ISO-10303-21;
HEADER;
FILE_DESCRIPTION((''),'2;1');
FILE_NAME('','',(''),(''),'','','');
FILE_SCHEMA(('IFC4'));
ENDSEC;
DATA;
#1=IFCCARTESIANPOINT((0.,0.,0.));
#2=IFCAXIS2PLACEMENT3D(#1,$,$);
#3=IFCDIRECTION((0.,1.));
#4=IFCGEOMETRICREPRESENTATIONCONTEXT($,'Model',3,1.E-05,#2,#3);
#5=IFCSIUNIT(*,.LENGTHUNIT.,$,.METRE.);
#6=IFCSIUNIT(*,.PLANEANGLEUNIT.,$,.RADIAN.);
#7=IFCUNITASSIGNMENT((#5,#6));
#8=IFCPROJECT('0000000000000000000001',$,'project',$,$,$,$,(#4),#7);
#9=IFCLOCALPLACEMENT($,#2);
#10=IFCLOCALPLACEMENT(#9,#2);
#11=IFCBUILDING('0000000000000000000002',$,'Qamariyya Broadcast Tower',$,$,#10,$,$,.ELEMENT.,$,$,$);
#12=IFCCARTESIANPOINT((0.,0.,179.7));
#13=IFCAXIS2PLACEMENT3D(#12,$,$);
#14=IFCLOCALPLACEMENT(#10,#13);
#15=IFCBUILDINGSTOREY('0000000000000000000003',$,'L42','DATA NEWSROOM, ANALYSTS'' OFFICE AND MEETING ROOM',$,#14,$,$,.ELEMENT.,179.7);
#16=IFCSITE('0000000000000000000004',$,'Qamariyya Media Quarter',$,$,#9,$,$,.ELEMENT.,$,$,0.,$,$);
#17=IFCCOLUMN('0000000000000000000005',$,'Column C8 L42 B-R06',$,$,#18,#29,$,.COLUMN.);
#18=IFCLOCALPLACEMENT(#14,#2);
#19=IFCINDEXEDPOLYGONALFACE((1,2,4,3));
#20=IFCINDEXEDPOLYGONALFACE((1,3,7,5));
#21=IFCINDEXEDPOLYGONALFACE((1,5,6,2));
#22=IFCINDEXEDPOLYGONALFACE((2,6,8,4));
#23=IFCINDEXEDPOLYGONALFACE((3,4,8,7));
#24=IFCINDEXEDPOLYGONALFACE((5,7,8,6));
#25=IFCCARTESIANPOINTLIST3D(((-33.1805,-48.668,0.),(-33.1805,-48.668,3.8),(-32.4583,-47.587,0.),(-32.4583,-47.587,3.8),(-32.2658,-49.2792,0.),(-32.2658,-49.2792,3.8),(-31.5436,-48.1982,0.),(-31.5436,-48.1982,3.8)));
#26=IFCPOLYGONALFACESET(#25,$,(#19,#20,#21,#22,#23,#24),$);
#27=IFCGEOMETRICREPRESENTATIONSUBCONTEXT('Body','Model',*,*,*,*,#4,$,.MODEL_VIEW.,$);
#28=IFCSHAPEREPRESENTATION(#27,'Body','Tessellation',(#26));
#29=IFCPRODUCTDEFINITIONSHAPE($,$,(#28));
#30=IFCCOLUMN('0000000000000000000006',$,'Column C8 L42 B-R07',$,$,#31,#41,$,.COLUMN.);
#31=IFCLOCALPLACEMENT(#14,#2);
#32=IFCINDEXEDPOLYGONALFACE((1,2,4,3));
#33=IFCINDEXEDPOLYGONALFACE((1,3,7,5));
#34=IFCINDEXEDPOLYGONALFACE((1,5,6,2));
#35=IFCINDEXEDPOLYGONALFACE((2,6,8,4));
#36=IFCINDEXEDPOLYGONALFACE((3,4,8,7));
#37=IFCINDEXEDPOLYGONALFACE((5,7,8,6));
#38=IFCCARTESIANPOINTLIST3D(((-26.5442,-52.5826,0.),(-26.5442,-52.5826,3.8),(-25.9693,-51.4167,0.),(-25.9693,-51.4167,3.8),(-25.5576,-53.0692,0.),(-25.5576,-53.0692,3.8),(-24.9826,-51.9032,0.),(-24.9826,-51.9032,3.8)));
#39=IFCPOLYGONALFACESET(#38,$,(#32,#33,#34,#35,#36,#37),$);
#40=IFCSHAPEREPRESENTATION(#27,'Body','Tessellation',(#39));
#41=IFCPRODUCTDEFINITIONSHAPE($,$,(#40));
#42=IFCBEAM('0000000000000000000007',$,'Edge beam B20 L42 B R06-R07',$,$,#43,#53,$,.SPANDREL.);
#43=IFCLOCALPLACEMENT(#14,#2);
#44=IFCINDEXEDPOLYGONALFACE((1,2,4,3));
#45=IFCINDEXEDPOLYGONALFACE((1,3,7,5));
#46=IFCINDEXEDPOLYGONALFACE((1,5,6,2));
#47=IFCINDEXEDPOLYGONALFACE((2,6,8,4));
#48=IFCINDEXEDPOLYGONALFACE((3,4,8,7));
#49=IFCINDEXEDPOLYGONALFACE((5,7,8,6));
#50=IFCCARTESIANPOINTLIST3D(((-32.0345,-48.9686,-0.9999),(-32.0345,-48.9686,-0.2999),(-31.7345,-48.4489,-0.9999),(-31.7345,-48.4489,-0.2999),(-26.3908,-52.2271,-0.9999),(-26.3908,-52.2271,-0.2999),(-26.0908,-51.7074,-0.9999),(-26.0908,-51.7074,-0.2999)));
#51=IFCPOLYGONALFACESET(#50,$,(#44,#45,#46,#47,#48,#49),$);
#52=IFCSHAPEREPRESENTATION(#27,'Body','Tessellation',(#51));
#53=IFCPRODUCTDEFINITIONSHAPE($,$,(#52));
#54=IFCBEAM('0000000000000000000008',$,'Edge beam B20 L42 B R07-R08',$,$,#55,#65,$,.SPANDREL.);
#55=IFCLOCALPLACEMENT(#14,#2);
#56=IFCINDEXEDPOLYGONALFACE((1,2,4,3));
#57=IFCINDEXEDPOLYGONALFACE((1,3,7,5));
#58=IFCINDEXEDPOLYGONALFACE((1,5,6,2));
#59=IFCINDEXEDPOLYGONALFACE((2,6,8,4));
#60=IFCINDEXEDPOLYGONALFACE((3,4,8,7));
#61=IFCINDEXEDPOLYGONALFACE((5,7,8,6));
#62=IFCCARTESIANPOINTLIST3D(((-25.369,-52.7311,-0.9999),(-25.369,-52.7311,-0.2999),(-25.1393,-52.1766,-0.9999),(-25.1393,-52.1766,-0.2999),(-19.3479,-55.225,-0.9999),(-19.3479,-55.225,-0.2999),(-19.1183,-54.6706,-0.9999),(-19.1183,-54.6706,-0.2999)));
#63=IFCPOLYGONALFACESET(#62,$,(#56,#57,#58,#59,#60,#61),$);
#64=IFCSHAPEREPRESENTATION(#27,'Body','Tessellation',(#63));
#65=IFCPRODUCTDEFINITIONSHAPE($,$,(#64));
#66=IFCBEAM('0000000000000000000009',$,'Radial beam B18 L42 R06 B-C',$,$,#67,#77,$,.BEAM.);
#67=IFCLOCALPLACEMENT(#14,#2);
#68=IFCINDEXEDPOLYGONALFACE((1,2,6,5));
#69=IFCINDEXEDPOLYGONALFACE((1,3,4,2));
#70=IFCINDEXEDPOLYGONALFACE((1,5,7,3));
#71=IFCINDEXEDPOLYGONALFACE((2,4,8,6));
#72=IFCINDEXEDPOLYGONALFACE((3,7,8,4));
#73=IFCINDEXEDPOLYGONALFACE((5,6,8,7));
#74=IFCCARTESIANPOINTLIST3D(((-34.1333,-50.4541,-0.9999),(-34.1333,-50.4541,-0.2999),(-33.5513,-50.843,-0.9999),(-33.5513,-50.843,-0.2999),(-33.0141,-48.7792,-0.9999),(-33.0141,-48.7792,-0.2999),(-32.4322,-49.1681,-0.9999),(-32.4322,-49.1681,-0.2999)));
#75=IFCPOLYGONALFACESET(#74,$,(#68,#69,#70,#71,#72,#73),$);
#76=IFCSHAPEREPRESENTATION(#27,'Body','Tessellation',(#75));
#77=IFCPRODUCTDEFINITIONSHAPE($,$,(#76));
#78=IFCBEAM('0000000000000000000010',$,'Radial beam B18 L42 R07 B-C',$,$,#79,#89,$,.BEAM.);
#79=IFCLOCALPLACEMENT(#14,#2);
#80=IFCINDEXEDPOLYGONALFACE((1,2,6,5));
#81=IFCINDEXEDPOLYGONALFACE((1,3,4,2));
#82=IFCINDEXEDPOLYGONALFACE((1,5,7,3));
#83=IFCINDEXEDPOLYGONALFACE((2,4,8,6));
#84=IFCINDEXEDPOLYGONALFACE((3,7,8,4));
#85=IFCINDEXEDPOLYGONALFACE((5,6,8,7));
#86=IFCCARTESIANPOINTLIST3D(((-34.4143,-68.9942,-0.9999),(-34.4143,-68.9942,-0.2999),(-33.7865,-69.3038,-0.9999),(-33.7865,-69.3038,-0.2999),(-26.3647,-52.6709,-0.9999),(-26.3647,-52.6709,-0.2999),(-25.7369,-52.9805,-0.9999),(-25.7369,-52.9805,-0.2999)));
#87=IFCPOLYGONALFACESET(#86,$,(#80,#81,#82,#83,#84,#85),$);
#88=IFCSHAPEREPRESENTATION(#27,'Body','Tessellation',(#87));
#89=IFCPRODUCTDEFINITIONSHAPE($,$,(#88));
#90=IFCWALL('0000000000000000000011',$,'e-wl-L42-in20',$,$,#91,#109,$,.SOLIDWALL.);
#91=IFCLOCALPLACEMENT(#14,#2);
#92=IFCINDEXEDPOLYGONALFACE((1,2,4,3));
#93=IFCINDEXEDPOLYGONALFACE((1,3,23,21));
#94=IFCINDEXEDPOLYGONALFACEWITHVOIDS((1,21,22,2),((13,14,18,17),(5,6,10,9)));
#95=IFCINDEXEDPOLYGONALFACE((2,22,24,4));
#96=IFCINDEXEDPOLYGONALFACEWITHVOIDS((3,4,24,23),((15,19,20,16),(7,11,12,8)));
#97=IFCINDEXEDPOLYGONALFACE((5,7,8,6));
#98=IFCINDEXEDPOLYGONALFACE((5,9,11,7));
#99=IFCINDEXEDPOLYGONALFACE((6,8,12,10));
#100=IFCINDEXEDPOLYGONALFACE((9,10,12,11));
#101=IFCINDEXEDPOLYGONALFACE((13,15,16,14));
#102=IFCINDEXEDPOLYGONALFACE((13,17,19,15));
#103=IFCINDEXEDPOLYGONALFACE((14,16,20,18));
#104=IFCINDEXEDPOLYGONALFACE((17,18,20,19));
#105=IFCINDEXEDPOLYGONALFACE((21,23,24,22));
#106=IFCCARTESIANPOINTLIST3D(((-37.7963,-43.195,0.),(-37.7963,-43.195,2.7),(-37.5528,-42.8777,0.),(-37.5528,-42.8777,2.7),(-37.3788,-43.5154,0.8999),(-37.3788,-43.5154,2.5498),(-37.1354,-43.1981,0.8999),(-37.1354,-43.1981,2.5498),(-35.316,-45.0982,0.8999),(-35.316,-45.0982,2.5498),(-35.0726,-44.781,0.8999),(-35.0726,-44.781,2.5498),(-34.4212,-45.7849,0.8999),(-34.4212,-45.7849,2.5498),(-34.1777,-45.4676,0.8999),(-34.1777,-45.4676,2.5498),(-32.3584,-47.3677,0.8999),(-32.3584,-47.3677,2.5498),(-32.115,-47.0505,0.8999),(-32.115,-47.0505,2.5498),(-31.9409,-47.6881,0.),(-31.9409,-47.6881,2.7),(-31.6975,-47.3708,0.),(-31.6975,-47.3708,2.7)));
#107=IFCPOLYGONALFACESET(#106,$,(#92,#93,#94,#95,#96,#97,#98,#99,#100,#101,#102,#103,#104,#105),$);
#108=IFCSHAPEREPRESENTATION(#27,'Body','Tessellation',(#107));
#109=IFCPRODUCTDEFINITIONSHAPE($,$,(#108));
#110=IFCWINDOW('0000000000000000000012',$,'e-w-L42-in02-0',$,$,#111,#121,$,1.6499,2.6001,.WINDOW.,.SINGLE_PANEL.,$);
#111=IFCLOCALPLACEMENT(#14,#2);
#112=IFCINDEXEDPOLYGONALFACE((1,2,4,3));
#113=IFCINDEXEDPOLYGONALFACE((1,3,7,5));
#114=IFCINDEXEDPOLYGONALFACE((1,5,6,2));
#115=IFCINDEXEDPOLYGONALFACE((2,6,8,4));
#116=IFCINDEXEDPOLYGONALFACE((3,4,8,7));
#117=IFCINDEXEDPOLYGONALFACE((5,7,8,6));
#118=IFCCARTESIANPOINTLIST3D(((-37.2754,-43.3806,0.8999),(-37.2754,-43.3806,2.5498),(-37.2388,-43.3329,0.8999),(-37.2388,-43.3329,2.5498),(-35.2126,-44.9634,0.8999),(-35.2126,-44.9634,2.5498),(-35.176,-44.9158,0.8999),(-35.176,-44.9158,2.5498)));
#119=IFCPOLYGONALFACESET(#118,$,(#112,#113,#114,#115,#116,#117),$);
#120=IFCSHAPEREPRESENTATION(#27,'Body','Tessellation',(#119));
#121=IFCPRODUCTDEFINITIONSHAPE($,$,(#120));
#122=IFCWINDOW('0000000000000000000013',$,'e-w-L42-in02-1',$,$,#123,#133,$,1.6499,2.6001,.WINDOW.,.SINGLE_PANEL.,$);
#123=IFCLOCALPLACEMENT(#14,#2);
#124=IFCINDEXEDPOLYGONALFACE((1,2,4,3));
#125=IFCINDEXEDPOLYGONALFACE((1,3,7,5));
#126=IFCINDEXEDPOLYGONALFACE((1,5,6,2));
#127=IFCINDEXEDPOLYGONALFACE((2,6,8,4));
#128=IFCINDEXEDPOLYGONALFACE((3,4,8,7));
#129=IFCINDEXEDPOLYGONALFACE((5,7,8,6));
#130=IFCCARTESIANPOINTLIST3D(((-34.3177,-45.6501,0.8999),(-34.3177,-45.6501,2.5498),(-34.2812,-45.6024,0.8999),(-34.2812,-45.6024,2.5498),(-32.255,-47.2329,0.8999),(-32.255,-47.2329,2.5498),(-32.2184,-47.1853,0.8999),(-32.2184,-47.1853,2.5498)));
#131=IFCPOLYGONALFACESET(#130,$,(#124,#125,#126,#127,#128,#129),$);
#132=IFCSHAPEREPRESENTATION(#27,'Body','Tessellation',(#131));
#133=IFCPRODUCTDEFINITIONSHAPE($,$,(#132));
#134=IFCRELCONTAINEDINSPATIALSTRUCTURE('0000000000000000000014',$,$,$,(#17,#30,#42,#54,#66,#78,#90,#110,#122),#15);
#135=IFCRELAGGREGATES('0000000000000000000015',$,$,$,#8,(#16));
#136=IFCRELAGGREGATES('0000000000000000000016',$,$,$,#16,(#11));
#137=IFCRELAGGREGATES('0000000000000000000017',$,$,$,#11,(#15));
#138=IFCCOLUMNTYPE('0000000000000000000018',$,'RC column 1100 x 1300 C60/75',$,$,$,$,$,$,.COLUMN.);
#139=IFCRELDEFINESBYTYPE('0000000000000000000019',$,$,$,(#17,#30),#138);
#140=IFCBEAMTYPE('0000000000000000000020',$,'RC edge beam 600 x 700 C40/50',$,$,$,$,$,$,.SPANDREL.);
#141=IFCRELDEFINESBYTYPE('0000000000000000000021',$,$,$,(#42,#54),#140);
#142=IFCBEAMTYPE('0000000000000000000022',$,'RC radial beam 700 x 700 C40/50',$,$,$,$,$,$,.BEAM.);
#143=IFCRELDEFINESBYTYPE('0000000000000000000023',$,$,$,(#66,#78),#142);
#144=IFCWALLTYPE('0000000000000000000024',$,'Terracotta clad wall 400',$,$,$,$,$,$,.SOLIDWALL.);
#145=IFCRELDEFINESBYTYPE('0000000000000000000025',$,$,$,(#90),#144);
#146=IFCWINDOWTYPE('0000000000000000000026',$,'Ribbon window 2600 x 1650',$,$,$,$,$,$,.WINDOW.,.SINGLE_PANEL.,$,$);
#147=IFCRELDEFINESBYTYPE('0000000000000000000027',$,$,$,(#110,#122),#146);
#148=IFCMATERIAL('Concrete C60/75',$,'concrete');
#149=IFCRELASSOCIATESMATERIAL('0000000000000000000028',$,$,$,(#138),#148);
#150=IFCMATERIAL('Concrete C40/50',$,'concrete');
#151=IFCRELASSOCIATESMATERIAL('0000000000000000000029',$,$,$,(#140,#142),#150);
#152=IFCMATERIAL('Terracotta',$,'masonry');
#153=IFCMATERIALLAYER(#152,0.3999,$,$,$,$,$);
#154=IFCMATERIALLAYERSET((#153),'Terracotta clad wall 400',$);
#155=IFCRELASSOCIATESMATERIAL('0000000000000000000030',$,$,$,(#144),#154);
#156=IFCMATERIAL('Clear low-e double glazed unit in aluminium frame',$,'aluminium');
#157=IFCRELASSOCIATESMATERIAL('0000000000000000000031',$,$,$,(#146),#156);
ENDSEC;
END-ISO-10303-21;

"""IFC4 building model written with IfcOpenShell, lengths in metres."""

from ifc_helpers import new_model, si_unit, direction, frame, frame_2d, origin, origin_2d, place, context, subcontext, project, spatial, rectangle, extrude, material, layer, layer_set, material_profile, profile_set, type_object, element, fill, save


model = new_model("IFC4")

# Units and contexts
model_context = context("Model", 3, precision=1e-05, world=origin(), true_north=direction((0.0, 1.0)))
body_context = subcontext(model_context, "Body", "Model", "MODEL_VIEW")
ifc_project = project(units=[si_unit("LENGTHUNIT", "METRE"), si_unit("PLANEANGLEUNIT", "RADIAN")], contexts=[model_context])

# Site, building, storey
site_placement = place(None, origin())
site = spatial("IfcSite", under=ifc_project, at=site_placement, Name="Qamariyya Media Quarter", CompositionType="ELEMENT", RefElevation=0.0)
building_placement = place(site_placement, origin())
building = spatial("IfcBuilding", under=site, at=building_placement, Name="Qamariyya Broadcast Tower", CompositionType="ELEMENT")
storey_placement = place(building_placement, frame((0.0, 0.0, 179.7)))
storey = spatial("IfcBuildingStorey", under=building, at=storey_placement, Name="L42", Description="DATA NEWSROOM, ANALYSTS' OFFICE AND MEETING ROOM", CompositionType="ELEMENT", Elevation=179.7)

# Columns
ifc_material_1 = material(Name="Concrete C60/75", Category="concrete")
ifc_material_profile_1 = material_profile(ifc_material_1, rectangle(XDim=1.1001, YDim=1.3, at=origin_2d()))
ifc_profile_set_1 = profile_set([ifc_material_profile_1], Name="Concrete C60/75")
column_type = type_object("IfcColumnType", Name="RC column 1100 x 1300 C60/75", PredefinedType="COLUMN", material=ifc_profile_set_1)
for number, where, z_axis, x_axis, name in (
    (1, (-32.3621, -48.4331, 0.0), (0.0, 0.0, 1.0), (0.83147, -0.55557, 0.0), "Column C8 L42 B-R06"),
    (2, (-25.7634, -52.2429, 0.0), (0.0, 0.0, 1.0), (0.896873, -0.442289, 0.0), "Column C8 L42 B-R07"),
):
    element("IfcColumn", number, at=place(storey_placement, frame(where, z_axis=z_axis, x_axis=x_axis)), inside=storey, type_object=column_type, Name=name, PredefinedType="COLUMN", context=body_context, shape_type="SweptSolid", body=[
        extrude(rectangle(XDim=1.1001, YDim=1.3, at=origin_2d()), origin(), (0.0, 0.0, 1.0), 3.8),
    ])

# Beams
ifc_material_2 = material(Name="Concrete C40/50", Category="concrete")
ifc_material_profile_2 = material_profile(ifc_material_2, rectangle(XDim=0.6001, YDim=0.7, at=origin_2d()))
ifc_profile_set_2 = profile_set([ifc_material_profile_2], Name="Concrete C40/50")
beam_type_1 = type_object("IfcBeamType", Name="RC edge beam 600 x 700 C40/50", PredefinedType="SPANDREL", material=ifc_profile_set_2)
beam_1_placement = place(storey_placement, frame((-31.8845, -48.7087, -0.6499), z_axis=(0.866019, -0.500011, 0.0), x_axis=(0.500011, 0.866019, 0.0)))
element("IfcBeam", 3, at=beam_1_placement, inside=storey, type_object=beam_type_1, Name="Edge beam B20 L42 B R06-R07", PredefinedType="SPANDREL", context=body_context, shape_type="SweptSolid", body=[
    extrude(rectangle(XDim=0.6001, YDim=0.7, at=origin_2d()), origin(), (0.0, 0.0, 1.0), 6.5168),
])
beam_2_placement = place(storey_placement, frame((-25.2542, -52.4539, -0.6499), z_axis=(0.923884, -0.382673, 0.0), x_axis=(0.382673, 0.923884, 0.0)))
element("IfcBeam", 4, at=beam_2_placement, inside=storey, type_object=beam_type_1, Name="Edge beam B20 L42 B R07-R08", PredefinedType="SPANDREL", context=body_context, shape_type="SweptSolid", body=[
    extrude(rectangle(XDim=0.6001, YDim=0.7, at=origin_2d()), origin(), (0.0, 0.0, 1.0), 6.5171),
])
ifc_material_profile_3 = material_profile(ifc_material_2, rectangle(XDim=0.7, YDim=0.7, at=origin_2d()))
ifc_profile_set_3 = profile_set([ifc_material_profile_3], Name="Concrete C40/50")
beam_type_2 = type_object("IfcBeamType", Name="RC radial beam 700 x 700 C40/50", PredefinedType="BEAM", material=ifc_profile_set_3)
beam_3_placement = place(storey_placement, frame((-32.7231, -48.9736, -0.6499), z_axis=(-0.555595, -0.831453, 0.0), x_axis=(0.831453, -0.555595, 0.0)))
element("IfcBeam", 5, at=beam_3_placement, inside=storey, type_object=beam_type_2, Name="Radial beam B18 L42 R06 B-C", PredefinedType="BEAM", context=body_context, shape_type="SweptSolid", body=[
    extrude(rectangle(XDim=0.7, YDim=0.7, at=origin_2d()), origin(), (0.0, 0.0, 1.0), 2.0144),
])
beam_4_placement = place(storey_placement, frame((-26.0508, -52.8257, -0.6499), z_axis=(-0.442281, -0.896876, 0.0), x_axis=(0.896876, -0.442281, 0.0)))
element("IfcBeam", 6, at=beam_4_placement, inside=storey, type_object=beam_type_2, Name="Radial beam B18 L42 R07 B-C", PredefinedType="BEAM", context=body_context, shape_type="SweptSolid", body=[
    extrude(rectangle(XDim=0.7, YDim=0.7, at=origin_2d()), origin(), (0.0, 0.0, 1.0), 18.2002),
])

# Wall, openings, windows
ifc_material_3 = material(Name="Terracotta", Category="masonry")
ifc_layer_1 = layer(ifc_material_3, 0.3999)
ifc_layer_set_1 = layer_set([ifc_layer_1], Name="Terracotta clad wall 400")
wall_type = type_object("IfcWallType", Name="Terracotta clad wall 400", PredefinedType="SOLIDWALL", material=ifc_layer_set_1)
wall_1_placement = place(storey_placement, frame((-31.8191, -47.5295, 0.0), z_axis=(0.0, 0.0, 1.0), x_axis=(-0.793346, 0.60877, 0.0)))
wall_1 = element("IfcWall", 7, at=wall_1_placement, inside=storey, type_object=wall_type, Name="e-wl-L42-in20", PredefinedType="SOLIDWALL", context=body_context, shape_type="SweptSolid", body=[
    extrude(rectangle(XDim=7.3806, YDim=0.3999, at=frame_2d((3.6904, 0.0))), origin(), (0.0, 0.0, 1.0), 2.7),
])
opening_1_placement = place(wall_1_placement, frame((4.2544, 0.0, 0.8999)))
opening_1 = element("IfcOpeningElement", 8, at=opening_1_placement, cuts=wall_1, PredefinedType="OPENING", context=body_context, shape_type="SweptSolid", body=[
    extrude(rectangle(XDim=2.6001, YDim=1.6499, at=frame_2d((1.3, 0.825))), frame((0.0, 0.21, 0.0), z_axis=(0.0, -1.0, 0.0), x_axis=(1.0, 0.0, 0.0)), (0.0, 0.0, 1.0), 0.4199),
])
opening_2_placement = place(wall_1_placement, frame((0.5264, 0.0, 0.8999)))
opening_2 = element("IfcOpeningElement", 9, at=opening_2_placement, cuts=wall_1, PredefinedType="OPENING", context=body_context, shape_type="SweptSolid", body=[
    extrude(rectangle(XDim=2.6001, YDim=1.6499, at=frame_2d((1.3, 0.825))), frame((0.0, 0.21, 0.0), z_axis=(0.0, -1.0, 0.0), x_axis=(1.0, 0.0, 0.0)), (0.0, 0.0, 1.0), 0.4199),
])
ifc_material_4 = material(Name="Clear low-e double glazed unit in aluminium frame", Category="aluminium")
window_type = type_object("IfcWindowType", Name="Ribbon window 2600 x 1650", PartitioningType="SINGLE_PANEL", PredefinedType="WINDOW", material=ifc_material_4)
window_1_placement = place(opening_1_placement, origin())
window_1 = element("IfcWindow", 10, at=window_1_placement, inside=storey, type_object=window_type, Name="e-w-L42-in02-0", OverallHeight=1.6499, OverallWidth=2.6001, PartitioningType="SINGLE_PANEL", PredefinedType="WINDOW", context=body_context, shape_type="SweptSolid", body=[
    extrude(rectangle(XDim=2.6001, YDim=1.6499, at=frame_2d((1.3, 0.825))), frame((0.0, 0.03, 0.0), z_axis=(0.0, -1.0, 0.0), x_axis=(1.0, 0.0, 0.0)), (0.0, 0.0, 1.0), 0.0601),
])
fill(opening_1, window_1)
window_2_placement = place(opening_2_placement, origin())
window_2 = element("IfcWindow", 11, at=window_2_placement, inside=storey, type_object=window_type, Name="e-w-L42-in02-1", OverallHeight=1.6499, OverallWidth=2.6001, PartitioningType="SINGLE_PANEL", PredefinedType="WINDOW", context=body_context, shape_type="SweptSolid", body=[
    extrude(rectangle(XDim=2.6001, YDim=1.6499, at=frame_2d((1.3, 0.825))), frame((0.0, 0.03, 0.0), z_axis=(0.0, -1.0, 0.0), x_axis=(1.0, 0.0, 0.0)), (0.0, 0.0, 1.0), 0.0601),
])
fill(opening_2, window_2)

save(model, "model.ifc")
